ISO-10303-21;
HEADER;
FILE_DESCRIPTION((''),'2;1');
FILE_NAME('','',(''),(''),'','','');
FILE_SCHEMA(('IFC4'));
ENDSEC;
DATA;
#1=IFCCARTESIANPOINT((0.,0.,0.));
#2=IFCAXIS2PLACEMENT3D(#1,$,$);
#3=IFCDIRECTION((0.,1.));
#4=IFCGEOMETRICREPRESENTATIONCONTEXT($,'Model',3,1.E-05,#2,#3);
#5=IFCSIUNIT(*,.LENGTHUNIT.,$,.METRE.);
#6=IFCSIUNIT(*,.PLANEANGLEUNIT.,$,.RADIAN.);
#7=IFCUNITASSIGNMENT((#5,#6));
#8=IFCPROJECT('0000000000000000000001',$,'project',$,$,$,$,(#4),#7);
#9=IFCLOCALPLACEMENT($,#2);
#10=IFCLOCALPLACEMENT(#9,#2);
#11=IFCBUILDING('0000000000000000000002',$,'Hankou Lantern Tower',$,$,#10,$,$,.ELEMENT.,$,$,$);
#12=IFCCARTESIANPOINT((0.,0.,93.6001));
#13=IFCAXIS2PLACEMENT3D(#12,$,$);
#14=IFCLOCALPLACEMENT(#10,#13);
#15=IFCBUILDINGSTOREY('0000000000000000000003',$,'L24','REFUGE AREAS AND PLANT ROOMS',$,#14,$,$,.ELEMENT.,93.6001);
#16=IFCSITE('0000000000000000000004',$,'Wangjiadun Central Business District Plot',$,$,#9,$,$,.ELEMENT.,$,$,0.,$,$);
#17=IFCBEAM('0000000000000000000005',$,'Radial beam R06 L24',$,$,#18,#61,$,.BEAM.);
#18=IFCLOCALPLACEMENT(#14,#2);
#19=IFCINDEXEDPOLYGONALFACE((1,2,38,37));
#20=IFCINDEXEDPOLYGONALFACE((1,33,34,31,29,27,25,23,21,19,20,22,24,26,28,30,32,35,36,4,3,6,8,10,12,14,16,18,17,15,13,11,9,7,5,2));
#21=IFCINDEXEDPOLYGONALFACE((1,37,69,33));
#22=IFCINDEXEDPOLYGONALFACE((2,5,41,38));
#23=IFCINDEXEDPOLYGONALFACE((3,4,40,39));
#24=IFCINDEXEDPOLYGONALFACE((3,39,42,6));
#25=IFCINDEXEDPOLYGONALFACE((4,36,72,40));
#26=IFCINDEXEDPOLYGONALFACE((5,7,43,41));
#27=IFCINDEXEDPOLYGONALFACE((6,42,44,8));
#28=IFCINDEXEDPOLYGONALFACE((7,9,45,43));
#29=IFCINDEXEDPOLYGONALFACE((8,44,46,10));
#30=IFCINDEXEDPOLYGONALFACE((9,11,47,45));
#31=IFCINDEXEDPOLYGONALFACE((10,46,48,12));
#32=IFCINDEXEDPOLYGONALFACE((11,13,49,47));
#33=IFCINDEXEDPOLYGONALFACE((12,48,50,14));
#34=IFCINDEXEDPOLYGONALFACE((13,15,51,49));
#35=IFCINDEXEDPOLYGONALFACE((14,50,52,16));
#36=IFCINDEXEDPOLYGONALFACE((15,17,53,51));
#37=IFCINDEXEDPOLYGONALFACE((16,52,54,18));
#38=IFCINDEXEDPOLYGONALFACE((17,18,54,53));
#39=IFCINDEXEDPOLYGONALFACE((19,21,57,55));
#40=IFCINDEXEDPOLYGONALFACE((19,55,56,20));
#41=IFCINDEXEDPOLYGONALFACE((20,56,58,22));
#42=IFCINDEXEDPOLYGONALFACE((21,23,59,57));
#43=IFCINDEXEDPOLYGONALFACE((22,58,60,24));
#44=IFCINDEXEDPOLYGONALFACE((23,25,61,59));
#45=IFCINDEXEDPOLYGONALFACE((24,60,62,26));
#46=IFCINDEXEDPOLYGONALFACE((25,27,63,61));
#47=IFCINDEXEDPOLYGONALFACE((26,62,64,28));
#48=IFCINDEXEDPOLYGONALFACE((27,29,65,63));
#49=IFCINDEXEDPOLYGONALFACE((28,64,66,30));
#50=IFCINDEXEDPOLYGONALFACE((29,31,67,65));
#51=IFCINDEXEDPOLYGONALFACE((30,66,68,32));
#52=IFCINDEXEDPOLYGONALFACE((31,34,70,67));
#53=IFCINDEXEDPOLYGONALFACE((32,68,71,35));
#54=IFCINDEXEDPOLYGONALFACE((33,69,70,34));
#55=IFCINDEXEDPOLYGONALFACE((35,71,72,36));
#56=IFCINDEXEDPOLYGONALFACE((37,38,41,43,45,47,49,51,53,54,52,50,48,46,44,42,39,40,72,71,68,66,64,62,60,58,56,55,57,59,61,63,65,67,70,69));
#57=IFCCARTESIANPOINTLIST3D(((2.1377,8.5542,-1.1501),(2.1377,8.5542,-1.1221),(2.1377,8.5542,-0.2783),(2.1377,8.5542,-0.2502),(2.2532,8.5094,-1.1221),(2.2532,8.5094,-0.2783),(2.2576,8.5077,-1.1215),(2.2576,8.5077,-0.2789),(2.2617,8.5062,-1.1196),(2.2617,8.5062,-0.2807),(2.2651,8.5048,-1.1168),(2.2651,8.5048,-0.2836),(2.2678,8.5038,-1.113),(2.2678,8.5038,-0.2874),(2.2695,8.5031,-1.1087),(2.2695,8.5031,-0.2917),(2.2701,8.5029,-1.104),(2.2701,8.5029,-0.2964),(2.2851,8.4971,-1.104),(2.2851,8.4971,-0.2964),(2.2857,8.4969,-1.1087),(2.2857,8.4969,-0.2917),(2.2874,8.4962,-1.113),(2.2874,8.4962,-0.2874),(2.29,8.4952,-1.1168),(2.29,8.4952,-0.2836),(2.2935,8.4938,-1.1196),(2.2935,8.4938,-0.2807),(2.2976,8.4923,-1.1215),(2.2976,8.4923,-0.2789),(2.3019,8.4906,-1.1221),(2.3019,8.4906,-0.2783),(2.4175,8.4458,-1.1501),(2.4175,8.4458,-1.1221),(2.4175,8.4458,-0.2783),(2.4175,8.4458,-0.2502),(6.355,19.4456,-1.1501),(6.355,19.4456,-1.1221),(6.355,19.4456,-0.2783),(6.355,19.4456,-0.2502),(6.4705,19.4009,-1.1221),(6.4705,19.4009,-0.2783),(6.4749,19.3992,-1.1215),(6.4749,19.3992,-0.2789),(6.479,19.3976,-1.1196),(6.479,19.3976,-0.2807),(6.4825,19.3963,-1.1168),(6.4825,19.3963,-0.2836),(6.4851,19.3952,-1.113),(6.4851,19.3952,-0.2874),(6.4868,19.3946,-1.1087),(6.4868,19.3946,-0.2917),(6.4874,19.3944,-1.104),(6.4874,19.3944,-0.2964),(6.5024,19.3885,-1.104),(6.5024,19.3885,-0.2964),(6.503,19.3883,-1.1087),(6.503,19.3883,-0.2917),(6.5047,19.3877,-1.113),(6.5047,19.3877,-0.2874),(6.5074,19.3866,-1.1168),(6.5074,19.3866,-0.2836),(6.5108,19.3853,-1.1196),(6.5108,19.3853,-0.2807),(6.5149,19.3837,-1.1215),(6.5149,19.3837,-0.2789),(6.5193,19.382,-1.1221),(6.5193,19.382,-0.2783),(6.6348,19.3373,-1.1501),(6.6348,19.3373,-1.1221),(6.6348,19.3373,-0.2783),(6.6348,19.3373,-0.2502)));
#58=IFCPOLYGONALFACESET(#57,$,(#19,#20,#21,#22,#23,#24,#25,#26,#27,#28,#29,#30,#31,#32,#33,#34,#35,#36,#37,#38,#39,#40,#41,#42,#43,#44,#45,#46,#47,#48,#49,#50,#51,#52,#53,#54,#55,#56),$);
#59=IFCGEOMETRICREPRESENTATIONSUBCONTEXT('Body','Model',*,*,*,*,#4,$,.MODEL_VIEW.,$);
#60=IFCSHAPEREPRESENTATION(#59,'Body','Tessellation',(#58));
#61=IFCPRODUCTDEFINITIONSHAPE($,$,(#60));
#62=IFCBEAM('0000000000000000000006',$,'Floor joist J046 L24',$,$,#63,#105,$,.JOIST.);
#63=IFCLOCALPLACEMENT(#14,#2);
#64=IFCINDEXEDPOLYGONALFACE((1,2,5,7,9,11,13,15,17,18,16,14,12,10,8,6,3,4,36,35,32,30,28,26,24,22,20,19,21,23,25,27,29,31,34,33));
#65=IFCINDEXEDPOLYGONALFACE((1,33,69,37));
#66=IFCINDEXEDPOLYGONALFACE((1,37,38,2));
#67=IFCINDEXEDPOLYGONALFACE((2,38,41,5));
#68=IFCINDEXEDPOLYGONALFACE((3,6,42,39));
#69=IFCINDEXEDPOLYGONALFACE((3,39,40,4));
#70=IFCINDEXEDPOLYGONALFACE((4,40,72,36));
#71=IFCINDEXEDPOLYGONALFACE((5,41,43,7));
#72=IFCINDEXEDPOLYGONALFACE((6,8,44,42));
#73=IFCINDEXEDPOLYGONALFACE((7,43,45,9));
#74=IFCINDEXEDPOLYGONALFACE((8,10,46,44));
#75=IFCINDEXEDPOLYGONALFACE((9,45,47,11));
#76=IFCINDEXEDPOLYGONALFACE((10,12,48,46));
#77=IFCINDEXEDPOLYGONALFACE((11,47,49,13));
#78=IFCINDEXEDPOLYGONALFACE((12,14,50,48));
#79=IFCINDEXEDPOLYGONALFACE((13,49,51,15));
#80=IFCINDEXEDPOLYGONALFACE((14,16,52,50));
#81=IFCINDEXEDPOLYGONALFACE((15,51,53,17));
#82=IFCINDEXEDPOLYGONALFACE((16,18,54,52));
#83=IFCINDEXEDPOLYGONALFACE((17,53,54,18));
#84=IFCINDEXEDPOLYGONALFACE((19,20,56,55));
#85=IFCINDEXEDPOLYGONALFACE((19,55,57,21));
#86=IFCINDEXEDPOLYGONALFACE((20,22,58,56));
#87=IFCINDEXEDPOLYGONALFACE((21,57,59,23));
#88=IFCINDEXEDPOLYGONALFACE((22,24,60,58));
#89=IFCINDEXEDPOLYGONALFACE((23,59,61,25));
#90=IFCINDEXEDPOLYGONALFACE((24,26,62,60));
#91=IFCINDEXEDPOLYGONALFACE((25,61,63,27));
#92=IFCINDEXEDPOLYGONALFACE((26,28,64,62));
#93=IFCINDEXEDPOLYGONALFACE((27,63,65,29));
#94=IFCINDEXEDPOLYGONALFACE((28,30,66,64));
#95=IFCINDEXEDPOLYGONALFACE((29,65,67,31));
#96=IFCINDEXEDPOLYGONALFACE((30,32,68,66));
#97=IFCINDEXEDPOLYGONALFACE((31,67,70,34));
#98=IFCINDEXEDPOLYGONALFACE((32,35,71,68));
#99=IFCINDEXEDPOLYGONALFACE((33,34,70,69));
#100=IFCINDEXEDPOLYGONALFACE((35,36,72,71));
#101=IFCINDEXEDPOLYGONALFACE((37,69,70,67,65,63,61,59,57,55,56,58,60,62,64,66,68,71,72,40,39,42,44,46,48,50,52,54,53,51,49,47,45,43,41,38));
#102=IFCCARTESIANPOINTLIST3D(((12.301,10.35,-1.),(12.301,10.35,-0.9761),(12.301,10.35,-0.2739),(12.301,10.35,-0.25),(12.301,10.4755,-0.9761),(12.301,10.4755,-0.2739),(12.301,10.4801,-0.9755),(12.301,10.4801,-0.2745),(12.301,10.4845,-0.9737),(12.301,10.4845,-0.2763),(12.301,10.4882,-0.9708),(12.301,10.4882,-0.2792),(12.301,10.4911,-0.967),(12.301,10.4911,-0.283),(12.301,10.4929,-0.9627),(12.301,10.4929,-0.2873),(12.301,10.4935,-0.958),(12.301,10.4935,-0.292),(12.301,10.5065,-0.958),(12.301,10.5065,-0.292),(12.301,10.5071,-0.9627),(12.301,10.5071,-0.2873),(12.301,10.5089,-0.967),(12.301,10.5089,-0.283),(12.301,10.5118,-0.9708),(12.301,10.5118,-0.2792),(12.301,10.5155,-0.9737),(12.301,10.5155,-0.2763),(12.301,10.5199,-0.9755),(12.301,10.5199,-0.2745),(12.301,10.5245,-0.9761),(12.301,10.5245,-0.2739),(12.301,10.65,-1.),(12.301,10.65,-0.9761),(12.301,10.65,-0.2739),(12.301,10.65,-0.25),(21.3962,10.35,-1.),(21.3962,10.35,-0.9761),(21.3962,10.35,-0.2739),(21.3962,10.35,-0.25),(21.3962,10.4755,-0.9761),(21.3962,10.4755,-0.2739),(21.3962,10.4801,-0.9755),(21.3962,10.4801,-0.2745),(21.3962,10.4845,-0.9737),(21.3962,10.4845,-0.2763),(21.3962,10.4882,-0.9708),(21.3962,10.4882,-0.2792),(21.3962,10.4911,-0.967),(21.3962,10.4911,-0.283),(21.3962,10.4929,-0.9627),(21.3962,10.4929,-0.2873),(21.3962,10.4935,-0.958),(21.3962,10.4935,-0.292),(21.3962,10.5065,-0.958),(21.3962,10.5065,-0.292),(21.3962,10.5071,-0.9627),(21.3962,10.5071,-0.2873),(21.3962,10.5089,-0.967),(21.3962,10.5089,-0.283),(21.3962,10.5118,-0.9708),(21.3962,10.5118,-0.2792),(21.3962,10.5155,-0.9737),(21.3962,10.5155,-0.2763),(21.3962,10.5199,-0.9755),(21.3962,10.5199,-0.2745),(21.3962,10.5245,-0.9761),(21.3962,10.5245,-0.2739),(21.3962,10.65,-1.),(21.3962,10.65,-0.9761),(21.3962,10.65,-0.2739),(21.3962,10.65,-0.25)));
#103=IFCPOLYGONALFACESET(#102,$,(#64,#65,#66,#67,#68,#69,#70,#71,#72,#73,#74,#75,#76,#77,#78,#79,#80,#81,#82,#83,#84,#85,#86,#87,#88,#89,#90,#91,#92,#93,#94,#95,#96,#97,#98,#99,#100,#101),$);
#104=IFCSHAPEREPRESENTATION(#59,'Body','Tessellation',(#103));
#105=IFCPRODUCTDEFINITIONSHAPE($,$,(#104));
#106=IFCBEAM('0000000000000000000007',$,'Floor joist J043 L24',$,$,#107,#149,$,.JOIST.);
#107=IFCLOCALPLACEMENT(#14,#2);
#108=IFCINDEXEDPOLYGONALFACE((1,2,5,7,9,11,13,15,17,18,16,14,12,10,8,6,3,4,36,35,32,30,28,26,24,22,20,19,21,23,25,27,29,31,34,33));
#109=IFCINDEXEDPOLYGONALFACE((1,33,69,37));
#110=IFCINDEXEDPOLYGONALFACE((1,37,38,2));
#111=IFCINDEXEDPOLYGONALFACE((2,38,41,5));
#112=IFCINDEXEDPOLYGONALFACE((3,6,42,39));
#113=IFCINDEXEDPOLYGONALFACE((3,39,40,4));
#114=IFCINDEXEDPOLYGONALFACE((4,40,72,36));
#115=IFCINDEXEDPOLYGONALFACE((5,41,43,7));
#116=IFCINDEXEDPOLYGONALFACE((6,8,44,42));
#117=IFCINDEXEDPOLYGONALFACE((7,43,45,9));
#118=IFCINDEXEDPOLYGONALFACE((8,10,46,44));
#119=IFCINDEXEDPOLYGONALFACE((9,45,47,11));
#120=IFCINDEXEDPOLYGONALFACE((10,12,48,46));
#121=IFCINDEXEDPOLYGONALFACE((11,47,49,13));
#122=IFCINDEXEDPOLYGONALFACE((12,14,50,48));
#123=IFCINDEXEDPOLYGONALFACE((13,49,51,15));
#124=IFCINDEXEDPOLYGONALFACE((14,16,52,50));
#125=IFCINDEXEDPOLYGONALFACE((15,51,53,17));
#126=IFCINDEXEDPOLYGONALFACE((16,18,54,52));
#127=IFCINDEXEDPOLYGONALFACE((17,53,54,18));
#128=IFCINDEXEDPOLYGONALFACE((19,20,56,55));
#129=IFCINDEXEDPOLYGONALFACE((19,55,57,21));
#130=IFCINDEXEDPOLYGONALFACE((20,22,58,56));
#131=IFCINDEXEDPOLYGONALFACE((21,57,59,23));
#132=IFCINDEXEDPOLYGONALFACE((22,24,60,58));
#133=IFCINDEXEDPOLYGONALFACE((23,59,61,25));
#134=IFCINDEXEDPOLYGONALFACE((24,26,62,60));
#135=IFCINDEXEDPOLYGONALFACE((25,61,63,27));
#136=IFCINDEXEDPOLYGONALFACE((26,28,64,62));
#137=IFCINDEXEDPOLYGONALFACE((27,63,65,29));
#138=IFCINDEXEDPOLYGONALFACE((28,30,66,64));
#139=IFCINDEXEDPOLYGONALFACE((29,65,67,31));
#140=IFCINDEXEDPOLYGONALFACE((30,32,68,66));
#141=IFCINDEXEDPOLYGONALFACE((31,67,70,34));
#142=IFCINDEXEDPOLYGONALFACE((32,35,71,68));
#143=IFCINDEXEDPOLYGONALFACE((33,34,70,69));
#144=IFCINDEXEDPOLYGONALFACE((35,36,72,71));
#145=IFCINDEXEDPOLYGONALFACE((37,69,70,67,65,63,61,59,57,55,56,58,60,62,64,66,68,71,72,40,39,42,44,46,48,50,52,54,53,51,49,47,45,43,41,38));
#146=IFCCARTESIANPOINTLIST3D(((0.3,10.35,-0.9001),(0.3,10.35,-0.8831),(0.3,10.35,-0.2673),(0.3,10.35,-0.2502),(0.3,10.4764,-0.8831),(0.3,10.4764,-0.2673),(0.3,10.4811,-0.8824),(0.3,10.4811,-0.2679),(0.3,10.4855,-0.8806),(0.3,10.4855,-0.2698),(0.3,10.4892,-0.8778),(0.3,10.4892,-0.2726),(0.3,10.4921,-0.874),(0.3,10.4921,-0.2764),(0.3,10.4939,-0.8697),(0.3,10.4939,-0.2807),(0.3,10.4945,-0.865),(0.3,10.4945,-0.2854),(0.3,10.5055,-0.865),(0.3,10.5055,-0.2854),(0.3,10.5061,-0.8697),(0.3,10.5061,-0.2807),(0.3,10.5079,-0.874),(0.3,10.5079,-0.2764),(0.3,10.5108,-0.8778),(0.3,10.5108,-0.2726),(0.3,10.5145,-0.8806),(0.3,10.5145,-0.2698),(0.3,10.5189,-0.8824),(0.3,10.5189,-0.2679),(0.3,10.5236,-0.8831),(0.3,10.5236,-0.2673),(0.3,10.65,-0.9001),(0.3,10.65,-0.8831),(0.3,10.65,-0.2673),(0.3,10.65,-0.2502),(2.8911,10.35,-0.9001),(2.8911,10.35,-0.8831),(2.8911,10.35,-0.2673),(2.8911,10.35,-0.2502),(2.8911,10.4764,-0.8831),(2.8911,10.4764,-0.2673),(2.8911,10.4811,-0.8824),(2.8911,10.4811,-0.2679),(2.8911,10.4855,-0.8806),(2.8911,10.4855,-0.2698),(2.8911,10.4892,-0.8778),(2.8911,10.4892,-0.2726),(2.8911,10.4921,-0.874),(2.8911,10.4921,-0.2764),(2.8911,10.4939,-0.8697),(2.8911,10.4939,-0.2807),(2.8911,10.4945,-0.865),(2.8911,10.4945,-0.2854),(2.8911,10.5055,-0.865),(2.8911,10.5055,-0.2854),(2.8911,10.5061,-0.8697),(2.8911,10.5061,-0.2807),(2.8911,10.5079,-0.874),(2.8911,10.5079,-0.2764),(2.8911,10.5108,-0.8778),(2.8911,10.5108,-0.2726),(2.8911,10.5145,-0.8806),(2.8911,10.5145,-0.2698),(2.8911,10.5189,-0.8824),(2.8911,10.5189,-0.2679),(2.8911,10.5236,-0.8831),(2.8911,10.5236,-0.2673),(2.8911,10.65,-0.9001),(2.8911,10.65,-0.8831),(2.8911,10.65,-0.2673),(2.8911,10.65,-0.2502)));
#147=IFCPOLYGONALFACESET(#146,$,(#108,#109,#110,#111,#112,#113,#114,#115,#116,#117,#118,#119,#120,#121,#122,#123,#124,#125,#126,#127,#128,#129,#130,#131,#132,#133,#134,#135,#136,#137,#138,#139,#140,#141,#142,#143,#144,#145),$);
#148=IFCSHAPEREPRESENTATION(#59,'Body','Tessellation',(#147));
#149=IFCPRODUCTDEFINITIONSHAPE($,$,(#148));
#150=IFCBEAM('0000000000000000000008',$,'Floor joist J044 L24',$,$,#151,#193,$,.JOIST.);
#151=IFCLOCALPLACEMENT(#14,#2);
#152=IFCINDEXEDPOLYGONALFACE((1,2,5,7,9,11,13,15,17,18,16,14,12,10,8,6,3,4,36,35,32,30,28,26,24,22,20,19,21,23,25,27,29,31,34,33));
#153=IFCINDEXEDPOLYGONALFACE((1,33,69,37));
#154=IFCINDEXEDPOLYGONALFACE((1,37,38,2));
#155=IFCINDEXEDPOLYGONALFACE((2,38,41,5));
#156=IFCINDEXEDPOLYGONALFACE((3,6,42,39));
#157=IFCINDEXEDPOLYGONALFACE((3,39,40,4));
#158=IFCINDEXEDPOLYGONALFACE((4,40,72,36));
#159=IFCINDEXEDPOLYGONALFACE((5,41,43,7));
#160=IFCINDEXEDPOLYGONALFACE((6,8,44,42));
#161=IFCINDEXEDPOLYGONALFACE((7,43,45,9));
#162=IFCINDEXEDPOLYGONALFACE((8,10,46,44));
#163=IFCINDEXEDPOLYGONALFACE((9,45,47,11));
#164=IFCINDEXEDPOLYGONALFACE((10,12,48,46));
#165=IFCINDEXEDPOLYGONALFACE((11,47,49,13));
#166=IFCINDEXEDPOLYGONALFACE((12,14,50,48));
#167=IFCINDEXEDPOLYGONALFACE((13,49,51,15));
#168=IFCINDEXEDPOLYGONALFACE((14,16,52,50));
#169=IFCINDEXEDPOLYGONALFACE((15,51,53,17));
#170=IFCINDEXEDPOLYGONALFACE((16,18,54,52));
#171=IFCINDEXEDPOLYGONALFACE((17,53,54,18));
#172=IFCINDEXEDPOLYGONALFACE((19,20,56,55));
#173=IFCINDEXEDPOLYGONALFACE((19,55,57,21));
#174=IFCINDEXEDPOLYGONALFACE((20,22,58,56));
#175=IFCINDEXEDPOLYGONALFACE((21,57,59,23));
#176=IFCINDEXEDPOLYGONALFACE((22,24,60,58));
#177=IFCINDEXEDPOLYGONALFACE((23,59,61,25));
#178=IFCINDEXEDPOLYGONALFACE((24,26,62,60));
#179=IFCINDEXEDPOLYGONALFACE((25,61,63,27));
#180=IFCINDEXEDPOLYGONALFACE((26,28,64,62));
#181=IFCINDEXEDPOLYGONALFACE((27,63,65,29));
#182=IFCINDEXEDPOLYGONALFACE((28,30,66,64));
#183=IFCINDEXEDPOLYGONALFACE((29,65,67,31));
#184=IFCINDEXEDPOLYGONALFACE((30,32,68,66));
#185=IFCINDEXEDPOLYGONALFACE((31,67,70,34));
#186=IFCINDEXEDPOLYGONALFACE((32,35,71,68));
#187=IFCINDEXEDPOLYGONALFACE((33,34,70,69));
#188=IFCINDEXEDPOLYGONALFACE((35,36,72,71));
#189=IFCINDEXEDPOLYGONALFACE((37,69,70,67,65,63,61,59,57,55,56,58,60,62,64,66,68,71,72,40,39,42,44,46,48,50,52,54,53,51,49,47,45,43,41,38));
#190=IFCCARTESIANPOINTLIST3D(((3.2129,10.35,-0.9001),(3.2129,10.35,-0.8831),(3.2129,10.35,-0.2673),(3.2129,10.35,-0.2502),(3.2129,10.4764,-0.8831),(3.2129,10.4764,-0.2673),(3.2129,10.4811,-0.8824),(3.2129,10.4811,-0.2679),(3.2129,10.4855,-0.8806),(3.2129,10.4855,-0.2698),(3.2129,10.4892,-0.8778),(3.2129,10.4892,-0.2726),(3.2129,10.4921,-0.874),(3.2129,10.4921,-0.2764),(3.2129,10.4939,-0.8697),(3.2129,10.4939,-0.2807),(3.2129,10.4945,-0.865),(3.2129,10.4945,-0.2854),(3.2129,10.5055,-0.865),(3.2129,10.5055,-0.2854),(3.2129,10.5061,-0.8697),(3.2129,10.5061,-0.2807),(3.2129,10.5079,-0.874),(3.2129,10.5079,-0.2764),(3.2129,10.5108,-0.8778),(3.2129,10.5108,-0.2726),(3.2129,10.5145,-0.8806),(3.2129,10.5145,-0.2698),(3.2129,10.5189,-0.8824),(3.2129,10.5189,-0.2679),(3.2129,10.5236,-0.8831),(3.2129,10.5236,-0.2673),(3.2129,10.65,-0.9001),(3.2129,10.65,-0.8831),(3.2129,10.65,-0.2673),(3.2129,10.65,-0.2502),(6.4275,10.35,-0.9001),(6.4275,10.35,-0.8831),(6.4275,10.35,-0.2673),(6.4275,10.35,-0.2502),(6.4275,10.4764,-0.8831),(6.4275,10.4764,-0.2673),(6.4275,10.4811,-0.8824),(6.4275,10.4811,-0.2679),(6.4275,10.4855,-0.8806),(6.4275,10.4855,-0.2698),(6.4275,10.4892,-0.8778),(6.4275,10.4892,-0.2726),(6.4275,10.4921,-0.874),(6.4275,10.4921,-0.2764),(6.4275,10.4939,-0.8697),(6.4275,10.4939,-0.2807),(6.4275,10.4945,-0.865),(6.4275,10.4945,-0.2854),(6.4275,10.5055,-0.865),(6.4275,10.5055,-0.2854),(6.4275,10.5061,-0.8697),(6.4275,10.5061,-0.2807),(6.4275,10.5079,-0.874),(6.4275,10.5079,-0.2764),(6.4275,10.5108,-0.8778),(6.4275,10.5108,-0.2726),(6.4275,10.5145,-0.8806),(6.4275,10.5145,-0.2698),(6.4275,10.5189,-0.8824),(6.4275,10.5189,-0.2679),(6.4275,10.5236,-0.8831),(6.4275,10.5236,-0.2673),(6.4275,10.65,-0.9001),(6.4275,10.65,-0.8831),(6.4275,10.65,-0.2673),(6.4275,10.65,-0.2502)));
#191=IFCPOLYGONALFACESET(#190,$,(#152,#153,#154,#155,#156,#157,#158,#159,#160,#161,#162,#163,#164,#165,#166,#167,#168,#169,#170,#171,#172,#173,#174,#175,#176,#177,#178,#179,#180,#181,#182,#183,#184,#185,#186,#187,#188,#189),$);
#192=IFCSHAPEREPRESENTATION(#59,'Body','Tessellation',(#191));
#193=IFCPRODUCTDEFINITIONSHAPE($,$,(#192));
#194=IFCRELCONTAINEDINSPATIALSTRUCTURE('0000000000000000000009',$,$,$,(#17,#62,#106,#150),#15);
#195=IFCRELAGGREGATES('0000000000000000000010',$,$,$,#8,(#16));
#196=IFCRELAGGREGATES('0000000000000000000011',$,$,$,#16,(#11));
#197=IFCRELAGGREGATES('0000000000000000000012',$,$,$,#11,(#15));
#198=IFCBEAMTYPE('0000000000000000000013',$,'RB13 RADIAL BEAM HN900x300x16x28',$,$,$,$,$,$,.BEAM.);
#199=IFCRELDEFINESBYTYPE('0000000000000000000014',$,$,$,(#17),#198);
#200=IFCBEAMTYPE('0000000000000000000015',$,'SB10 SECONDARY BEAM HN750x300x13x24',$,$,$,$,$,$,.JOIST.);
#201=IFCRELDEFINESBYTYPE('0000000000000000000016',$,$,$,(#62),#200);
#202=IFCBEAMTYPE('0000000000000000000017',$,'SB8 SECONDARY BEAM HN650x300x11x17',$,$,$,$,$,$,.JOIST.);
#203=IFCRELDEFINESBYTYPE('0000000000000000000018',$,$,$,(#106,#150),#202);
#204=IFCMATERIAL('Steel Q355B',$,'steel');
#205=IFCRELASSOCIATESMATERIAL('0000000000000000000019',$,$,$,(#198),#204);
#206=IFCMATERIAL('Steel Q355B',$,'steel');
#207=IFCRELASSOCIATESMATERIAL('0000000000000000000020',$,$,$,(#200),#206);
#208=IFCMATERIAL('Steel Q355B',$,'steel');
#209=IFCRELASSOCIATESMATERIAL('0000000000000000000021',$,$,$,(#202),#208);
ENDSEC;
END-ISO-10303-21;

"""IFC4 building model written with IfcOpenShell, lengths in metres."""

from ifc_helpers import new_model, si_unit, direction, frame, origin, origin_2d, place, context, subcontext, project, spatial, i_section, extrude, material, material_profile, profile_set, type_object, element, save


model = new_model("IFC4")

# Units and contexts
model_context = context("Model", 3, precision=1e-05, world=origin(), true_north=direction((0.0, 1.0)))
body_context = subcontext(model_context, "Body", "Model", "MODEL_VIEW")
ifc_project = project(units=[si_unit("LENGTHUNIT", "METRE"), si_unit("PLANEANGLEUNIT", "RADIAN")], contexts=[model_context])

# Site, building, storey
site_placement = place(None, origin())
site = spatial("IfcSite", under=ifc_project, at=site_placement, Name="Wangjiadun Central Business District Plot", CompositionType="ELEMENT", RefElevation=0.0)
building_placement = place(site_placement, origin())
building = spatial("IfcBuilding", under=site, at=building_placement, Name="Hankou Lantern Tower", CompositionType="ELEMENT")
storey_placement = place(building_placement, frame((0.0, 0.0, 93.6001)))
storey = spatial("IfcBuildingStorey", under=building, at=storey_placement, Name="L24", Description="REFUGE AREAS AND PLANT ROOMS", CompositionType="ELEMENT", Elevation=93.6001)

# Beams
ifc_material_1 = material(Name="Steel Q355B", Category="steel")
ifc_material_profile_1 = material_profile(ifc_material_1, i_section(OverallWidth=0.3, OverallDepth=0.8999, WebThickness=0.0161, FlangeThickness=0.0281, FilletRadius=0.0181, at=origin_2d()), Name="HN900x300x16x28")
ifc_profile_set_1 = profile_set([ifc_material_profile_1], Name="Steel Q355B")
beam_type_1 = type_object("IfcBeamType", Name="RB13 RADIAL BEAM HN900x300x16x28", PredefinedType="BEAM", material=ifc_profile_set_1)
beam_1_placement = place(storey_placement, frame((2.2776, 8.5, -0.7002), z_axis=(0.361089, 0.932531, 0.0), x_axis=(-0.932531, 0.361089, 0.0)))
element("IfcBeam", 1, at=beam_1_placement, inside=storey, type_object=beam_type_1, Name="Radial beam R06 L24", PredefinedType="BEAM", context=body_context, shape_type="SweptSolid", body=[
    extrude(i_section(OverallWidth=0.3, OverallDepth=0.8999, WebThickness=0.0161, FlangeThickness=0.0281, FilletRadius=0.0181, at=origin_2d()), origin(), (0.0, 0.0, 1.0), 11.6794),
])
ifc_material_2 = material(Name="Steel Q355B", Category="steel")
ifc_material_profile_2 = material_profile(ifc_material_2, i_section(OverallWidth=0.3, OverallDepth=0.75, WebThickness=0.0129, FlangeThickness=0.0239, FilletRadius=0.0181, at=origin_2d()), Name="HN750x300x13x24")
ifc_profile_set_2 = profile_set([ifc_material_profile_2], Name="Steel Q355B")
beam_type_2 = type_object("IfcBeamType", Name="SB10 SECONDARY BEAM HN750x300x13x24", PredefinedType="JOIST", material=ifc_profile_set_2)
beam_2_placement = place(storey_placement, frame((12.301, 10.5, -0.625), z_axis=(1.0, 0.0, 0.0), x_axis=(0.0, 1.0, 0.0)))
element("IfcBeam", 2, at=beam_2_placement, inside=storey, type_object=beam_type_2, Name="Floor joist J046 L24", PredefinedType="JOIST", context=body_context, shape_type="SweptSolid", body=[
    extrude(i_section(OverallWidth=0.3, OverallDepth=0.75, WebThickness=0.0129, FlangeThickness=0.0239, FilletRadius=0.0181, at=origin_2d()), origin(), (0.0, 0.0, 1.0), 9.0952),
])
ifc_material_3 = material(Name="Steel Q355B", Category="steel")
ifc_material_profile_3 = material_profile(ifc_material_3, i_section(OverallWidth=0.3, OverallDepth=0.6499, WebThickness=0.011, FlangeThickness=0.0171, FilletRadius=0.0181, at=origin_2d()), Name="HN650x300x11x17")
ifc_profile_set_3 = profile_set([ifc_material_profile_3], Name="Steel Q355B")
beam_type_3 = type_object("IfcBeamType", Name="SB8 SECONDARY BEAM HN650x300x11x17", PredefinedType="JOIST", material=ifc_profile_set_3)
beam_3_placement = place(storey_placement, frame((0.3, 10.5, -0.5752), z_axis=(1.0, 0.0, 0.0), x_axis=(0.0, 1.0, 0.0)))
element("IfcBeam", 3, at=beam_3_placement, inside=storey, type_object=beam_type_3, Name="Floor joist J043 L24", PredefinedType="JOIST", context=body_context, shape_type="SweptSolid", body=[
    extrude(i_section(OverallWidth=0.3, OverallDepth=0.6499, WebThickness=0.011, FlangeThickness=0.0171, FilletRadius=0.0181, at=origin_2d()), origin(), (0.0, 0.0, 1.0), 2.5911),
])
beam_4_placement = place(storey_placement, frame((3.2129, 10.5, -0.5752), z_axis=(1.0, 0.0, 0.0), x_axis=(0.0, 1.0, 0.0)))
element("IfcBeam", 4, at=beam_4_placement, inside=storey, type_object=beam_type_3, Name="Floor joist J044 L24", PredefinedType="JOIST", context=body_context, shape_type="SweptSolid", body=[
    extrude(i_section(OverallWidth=0.3, OverallDepth=0.6499, WebThickness=0.011, FlangeThickness=0.0171, FilletRadius=0.0181, at=origin_2d()), origin(), (0.0, 0.0, 1.0), 3.2146),
])

save(model, "model.ifc")
